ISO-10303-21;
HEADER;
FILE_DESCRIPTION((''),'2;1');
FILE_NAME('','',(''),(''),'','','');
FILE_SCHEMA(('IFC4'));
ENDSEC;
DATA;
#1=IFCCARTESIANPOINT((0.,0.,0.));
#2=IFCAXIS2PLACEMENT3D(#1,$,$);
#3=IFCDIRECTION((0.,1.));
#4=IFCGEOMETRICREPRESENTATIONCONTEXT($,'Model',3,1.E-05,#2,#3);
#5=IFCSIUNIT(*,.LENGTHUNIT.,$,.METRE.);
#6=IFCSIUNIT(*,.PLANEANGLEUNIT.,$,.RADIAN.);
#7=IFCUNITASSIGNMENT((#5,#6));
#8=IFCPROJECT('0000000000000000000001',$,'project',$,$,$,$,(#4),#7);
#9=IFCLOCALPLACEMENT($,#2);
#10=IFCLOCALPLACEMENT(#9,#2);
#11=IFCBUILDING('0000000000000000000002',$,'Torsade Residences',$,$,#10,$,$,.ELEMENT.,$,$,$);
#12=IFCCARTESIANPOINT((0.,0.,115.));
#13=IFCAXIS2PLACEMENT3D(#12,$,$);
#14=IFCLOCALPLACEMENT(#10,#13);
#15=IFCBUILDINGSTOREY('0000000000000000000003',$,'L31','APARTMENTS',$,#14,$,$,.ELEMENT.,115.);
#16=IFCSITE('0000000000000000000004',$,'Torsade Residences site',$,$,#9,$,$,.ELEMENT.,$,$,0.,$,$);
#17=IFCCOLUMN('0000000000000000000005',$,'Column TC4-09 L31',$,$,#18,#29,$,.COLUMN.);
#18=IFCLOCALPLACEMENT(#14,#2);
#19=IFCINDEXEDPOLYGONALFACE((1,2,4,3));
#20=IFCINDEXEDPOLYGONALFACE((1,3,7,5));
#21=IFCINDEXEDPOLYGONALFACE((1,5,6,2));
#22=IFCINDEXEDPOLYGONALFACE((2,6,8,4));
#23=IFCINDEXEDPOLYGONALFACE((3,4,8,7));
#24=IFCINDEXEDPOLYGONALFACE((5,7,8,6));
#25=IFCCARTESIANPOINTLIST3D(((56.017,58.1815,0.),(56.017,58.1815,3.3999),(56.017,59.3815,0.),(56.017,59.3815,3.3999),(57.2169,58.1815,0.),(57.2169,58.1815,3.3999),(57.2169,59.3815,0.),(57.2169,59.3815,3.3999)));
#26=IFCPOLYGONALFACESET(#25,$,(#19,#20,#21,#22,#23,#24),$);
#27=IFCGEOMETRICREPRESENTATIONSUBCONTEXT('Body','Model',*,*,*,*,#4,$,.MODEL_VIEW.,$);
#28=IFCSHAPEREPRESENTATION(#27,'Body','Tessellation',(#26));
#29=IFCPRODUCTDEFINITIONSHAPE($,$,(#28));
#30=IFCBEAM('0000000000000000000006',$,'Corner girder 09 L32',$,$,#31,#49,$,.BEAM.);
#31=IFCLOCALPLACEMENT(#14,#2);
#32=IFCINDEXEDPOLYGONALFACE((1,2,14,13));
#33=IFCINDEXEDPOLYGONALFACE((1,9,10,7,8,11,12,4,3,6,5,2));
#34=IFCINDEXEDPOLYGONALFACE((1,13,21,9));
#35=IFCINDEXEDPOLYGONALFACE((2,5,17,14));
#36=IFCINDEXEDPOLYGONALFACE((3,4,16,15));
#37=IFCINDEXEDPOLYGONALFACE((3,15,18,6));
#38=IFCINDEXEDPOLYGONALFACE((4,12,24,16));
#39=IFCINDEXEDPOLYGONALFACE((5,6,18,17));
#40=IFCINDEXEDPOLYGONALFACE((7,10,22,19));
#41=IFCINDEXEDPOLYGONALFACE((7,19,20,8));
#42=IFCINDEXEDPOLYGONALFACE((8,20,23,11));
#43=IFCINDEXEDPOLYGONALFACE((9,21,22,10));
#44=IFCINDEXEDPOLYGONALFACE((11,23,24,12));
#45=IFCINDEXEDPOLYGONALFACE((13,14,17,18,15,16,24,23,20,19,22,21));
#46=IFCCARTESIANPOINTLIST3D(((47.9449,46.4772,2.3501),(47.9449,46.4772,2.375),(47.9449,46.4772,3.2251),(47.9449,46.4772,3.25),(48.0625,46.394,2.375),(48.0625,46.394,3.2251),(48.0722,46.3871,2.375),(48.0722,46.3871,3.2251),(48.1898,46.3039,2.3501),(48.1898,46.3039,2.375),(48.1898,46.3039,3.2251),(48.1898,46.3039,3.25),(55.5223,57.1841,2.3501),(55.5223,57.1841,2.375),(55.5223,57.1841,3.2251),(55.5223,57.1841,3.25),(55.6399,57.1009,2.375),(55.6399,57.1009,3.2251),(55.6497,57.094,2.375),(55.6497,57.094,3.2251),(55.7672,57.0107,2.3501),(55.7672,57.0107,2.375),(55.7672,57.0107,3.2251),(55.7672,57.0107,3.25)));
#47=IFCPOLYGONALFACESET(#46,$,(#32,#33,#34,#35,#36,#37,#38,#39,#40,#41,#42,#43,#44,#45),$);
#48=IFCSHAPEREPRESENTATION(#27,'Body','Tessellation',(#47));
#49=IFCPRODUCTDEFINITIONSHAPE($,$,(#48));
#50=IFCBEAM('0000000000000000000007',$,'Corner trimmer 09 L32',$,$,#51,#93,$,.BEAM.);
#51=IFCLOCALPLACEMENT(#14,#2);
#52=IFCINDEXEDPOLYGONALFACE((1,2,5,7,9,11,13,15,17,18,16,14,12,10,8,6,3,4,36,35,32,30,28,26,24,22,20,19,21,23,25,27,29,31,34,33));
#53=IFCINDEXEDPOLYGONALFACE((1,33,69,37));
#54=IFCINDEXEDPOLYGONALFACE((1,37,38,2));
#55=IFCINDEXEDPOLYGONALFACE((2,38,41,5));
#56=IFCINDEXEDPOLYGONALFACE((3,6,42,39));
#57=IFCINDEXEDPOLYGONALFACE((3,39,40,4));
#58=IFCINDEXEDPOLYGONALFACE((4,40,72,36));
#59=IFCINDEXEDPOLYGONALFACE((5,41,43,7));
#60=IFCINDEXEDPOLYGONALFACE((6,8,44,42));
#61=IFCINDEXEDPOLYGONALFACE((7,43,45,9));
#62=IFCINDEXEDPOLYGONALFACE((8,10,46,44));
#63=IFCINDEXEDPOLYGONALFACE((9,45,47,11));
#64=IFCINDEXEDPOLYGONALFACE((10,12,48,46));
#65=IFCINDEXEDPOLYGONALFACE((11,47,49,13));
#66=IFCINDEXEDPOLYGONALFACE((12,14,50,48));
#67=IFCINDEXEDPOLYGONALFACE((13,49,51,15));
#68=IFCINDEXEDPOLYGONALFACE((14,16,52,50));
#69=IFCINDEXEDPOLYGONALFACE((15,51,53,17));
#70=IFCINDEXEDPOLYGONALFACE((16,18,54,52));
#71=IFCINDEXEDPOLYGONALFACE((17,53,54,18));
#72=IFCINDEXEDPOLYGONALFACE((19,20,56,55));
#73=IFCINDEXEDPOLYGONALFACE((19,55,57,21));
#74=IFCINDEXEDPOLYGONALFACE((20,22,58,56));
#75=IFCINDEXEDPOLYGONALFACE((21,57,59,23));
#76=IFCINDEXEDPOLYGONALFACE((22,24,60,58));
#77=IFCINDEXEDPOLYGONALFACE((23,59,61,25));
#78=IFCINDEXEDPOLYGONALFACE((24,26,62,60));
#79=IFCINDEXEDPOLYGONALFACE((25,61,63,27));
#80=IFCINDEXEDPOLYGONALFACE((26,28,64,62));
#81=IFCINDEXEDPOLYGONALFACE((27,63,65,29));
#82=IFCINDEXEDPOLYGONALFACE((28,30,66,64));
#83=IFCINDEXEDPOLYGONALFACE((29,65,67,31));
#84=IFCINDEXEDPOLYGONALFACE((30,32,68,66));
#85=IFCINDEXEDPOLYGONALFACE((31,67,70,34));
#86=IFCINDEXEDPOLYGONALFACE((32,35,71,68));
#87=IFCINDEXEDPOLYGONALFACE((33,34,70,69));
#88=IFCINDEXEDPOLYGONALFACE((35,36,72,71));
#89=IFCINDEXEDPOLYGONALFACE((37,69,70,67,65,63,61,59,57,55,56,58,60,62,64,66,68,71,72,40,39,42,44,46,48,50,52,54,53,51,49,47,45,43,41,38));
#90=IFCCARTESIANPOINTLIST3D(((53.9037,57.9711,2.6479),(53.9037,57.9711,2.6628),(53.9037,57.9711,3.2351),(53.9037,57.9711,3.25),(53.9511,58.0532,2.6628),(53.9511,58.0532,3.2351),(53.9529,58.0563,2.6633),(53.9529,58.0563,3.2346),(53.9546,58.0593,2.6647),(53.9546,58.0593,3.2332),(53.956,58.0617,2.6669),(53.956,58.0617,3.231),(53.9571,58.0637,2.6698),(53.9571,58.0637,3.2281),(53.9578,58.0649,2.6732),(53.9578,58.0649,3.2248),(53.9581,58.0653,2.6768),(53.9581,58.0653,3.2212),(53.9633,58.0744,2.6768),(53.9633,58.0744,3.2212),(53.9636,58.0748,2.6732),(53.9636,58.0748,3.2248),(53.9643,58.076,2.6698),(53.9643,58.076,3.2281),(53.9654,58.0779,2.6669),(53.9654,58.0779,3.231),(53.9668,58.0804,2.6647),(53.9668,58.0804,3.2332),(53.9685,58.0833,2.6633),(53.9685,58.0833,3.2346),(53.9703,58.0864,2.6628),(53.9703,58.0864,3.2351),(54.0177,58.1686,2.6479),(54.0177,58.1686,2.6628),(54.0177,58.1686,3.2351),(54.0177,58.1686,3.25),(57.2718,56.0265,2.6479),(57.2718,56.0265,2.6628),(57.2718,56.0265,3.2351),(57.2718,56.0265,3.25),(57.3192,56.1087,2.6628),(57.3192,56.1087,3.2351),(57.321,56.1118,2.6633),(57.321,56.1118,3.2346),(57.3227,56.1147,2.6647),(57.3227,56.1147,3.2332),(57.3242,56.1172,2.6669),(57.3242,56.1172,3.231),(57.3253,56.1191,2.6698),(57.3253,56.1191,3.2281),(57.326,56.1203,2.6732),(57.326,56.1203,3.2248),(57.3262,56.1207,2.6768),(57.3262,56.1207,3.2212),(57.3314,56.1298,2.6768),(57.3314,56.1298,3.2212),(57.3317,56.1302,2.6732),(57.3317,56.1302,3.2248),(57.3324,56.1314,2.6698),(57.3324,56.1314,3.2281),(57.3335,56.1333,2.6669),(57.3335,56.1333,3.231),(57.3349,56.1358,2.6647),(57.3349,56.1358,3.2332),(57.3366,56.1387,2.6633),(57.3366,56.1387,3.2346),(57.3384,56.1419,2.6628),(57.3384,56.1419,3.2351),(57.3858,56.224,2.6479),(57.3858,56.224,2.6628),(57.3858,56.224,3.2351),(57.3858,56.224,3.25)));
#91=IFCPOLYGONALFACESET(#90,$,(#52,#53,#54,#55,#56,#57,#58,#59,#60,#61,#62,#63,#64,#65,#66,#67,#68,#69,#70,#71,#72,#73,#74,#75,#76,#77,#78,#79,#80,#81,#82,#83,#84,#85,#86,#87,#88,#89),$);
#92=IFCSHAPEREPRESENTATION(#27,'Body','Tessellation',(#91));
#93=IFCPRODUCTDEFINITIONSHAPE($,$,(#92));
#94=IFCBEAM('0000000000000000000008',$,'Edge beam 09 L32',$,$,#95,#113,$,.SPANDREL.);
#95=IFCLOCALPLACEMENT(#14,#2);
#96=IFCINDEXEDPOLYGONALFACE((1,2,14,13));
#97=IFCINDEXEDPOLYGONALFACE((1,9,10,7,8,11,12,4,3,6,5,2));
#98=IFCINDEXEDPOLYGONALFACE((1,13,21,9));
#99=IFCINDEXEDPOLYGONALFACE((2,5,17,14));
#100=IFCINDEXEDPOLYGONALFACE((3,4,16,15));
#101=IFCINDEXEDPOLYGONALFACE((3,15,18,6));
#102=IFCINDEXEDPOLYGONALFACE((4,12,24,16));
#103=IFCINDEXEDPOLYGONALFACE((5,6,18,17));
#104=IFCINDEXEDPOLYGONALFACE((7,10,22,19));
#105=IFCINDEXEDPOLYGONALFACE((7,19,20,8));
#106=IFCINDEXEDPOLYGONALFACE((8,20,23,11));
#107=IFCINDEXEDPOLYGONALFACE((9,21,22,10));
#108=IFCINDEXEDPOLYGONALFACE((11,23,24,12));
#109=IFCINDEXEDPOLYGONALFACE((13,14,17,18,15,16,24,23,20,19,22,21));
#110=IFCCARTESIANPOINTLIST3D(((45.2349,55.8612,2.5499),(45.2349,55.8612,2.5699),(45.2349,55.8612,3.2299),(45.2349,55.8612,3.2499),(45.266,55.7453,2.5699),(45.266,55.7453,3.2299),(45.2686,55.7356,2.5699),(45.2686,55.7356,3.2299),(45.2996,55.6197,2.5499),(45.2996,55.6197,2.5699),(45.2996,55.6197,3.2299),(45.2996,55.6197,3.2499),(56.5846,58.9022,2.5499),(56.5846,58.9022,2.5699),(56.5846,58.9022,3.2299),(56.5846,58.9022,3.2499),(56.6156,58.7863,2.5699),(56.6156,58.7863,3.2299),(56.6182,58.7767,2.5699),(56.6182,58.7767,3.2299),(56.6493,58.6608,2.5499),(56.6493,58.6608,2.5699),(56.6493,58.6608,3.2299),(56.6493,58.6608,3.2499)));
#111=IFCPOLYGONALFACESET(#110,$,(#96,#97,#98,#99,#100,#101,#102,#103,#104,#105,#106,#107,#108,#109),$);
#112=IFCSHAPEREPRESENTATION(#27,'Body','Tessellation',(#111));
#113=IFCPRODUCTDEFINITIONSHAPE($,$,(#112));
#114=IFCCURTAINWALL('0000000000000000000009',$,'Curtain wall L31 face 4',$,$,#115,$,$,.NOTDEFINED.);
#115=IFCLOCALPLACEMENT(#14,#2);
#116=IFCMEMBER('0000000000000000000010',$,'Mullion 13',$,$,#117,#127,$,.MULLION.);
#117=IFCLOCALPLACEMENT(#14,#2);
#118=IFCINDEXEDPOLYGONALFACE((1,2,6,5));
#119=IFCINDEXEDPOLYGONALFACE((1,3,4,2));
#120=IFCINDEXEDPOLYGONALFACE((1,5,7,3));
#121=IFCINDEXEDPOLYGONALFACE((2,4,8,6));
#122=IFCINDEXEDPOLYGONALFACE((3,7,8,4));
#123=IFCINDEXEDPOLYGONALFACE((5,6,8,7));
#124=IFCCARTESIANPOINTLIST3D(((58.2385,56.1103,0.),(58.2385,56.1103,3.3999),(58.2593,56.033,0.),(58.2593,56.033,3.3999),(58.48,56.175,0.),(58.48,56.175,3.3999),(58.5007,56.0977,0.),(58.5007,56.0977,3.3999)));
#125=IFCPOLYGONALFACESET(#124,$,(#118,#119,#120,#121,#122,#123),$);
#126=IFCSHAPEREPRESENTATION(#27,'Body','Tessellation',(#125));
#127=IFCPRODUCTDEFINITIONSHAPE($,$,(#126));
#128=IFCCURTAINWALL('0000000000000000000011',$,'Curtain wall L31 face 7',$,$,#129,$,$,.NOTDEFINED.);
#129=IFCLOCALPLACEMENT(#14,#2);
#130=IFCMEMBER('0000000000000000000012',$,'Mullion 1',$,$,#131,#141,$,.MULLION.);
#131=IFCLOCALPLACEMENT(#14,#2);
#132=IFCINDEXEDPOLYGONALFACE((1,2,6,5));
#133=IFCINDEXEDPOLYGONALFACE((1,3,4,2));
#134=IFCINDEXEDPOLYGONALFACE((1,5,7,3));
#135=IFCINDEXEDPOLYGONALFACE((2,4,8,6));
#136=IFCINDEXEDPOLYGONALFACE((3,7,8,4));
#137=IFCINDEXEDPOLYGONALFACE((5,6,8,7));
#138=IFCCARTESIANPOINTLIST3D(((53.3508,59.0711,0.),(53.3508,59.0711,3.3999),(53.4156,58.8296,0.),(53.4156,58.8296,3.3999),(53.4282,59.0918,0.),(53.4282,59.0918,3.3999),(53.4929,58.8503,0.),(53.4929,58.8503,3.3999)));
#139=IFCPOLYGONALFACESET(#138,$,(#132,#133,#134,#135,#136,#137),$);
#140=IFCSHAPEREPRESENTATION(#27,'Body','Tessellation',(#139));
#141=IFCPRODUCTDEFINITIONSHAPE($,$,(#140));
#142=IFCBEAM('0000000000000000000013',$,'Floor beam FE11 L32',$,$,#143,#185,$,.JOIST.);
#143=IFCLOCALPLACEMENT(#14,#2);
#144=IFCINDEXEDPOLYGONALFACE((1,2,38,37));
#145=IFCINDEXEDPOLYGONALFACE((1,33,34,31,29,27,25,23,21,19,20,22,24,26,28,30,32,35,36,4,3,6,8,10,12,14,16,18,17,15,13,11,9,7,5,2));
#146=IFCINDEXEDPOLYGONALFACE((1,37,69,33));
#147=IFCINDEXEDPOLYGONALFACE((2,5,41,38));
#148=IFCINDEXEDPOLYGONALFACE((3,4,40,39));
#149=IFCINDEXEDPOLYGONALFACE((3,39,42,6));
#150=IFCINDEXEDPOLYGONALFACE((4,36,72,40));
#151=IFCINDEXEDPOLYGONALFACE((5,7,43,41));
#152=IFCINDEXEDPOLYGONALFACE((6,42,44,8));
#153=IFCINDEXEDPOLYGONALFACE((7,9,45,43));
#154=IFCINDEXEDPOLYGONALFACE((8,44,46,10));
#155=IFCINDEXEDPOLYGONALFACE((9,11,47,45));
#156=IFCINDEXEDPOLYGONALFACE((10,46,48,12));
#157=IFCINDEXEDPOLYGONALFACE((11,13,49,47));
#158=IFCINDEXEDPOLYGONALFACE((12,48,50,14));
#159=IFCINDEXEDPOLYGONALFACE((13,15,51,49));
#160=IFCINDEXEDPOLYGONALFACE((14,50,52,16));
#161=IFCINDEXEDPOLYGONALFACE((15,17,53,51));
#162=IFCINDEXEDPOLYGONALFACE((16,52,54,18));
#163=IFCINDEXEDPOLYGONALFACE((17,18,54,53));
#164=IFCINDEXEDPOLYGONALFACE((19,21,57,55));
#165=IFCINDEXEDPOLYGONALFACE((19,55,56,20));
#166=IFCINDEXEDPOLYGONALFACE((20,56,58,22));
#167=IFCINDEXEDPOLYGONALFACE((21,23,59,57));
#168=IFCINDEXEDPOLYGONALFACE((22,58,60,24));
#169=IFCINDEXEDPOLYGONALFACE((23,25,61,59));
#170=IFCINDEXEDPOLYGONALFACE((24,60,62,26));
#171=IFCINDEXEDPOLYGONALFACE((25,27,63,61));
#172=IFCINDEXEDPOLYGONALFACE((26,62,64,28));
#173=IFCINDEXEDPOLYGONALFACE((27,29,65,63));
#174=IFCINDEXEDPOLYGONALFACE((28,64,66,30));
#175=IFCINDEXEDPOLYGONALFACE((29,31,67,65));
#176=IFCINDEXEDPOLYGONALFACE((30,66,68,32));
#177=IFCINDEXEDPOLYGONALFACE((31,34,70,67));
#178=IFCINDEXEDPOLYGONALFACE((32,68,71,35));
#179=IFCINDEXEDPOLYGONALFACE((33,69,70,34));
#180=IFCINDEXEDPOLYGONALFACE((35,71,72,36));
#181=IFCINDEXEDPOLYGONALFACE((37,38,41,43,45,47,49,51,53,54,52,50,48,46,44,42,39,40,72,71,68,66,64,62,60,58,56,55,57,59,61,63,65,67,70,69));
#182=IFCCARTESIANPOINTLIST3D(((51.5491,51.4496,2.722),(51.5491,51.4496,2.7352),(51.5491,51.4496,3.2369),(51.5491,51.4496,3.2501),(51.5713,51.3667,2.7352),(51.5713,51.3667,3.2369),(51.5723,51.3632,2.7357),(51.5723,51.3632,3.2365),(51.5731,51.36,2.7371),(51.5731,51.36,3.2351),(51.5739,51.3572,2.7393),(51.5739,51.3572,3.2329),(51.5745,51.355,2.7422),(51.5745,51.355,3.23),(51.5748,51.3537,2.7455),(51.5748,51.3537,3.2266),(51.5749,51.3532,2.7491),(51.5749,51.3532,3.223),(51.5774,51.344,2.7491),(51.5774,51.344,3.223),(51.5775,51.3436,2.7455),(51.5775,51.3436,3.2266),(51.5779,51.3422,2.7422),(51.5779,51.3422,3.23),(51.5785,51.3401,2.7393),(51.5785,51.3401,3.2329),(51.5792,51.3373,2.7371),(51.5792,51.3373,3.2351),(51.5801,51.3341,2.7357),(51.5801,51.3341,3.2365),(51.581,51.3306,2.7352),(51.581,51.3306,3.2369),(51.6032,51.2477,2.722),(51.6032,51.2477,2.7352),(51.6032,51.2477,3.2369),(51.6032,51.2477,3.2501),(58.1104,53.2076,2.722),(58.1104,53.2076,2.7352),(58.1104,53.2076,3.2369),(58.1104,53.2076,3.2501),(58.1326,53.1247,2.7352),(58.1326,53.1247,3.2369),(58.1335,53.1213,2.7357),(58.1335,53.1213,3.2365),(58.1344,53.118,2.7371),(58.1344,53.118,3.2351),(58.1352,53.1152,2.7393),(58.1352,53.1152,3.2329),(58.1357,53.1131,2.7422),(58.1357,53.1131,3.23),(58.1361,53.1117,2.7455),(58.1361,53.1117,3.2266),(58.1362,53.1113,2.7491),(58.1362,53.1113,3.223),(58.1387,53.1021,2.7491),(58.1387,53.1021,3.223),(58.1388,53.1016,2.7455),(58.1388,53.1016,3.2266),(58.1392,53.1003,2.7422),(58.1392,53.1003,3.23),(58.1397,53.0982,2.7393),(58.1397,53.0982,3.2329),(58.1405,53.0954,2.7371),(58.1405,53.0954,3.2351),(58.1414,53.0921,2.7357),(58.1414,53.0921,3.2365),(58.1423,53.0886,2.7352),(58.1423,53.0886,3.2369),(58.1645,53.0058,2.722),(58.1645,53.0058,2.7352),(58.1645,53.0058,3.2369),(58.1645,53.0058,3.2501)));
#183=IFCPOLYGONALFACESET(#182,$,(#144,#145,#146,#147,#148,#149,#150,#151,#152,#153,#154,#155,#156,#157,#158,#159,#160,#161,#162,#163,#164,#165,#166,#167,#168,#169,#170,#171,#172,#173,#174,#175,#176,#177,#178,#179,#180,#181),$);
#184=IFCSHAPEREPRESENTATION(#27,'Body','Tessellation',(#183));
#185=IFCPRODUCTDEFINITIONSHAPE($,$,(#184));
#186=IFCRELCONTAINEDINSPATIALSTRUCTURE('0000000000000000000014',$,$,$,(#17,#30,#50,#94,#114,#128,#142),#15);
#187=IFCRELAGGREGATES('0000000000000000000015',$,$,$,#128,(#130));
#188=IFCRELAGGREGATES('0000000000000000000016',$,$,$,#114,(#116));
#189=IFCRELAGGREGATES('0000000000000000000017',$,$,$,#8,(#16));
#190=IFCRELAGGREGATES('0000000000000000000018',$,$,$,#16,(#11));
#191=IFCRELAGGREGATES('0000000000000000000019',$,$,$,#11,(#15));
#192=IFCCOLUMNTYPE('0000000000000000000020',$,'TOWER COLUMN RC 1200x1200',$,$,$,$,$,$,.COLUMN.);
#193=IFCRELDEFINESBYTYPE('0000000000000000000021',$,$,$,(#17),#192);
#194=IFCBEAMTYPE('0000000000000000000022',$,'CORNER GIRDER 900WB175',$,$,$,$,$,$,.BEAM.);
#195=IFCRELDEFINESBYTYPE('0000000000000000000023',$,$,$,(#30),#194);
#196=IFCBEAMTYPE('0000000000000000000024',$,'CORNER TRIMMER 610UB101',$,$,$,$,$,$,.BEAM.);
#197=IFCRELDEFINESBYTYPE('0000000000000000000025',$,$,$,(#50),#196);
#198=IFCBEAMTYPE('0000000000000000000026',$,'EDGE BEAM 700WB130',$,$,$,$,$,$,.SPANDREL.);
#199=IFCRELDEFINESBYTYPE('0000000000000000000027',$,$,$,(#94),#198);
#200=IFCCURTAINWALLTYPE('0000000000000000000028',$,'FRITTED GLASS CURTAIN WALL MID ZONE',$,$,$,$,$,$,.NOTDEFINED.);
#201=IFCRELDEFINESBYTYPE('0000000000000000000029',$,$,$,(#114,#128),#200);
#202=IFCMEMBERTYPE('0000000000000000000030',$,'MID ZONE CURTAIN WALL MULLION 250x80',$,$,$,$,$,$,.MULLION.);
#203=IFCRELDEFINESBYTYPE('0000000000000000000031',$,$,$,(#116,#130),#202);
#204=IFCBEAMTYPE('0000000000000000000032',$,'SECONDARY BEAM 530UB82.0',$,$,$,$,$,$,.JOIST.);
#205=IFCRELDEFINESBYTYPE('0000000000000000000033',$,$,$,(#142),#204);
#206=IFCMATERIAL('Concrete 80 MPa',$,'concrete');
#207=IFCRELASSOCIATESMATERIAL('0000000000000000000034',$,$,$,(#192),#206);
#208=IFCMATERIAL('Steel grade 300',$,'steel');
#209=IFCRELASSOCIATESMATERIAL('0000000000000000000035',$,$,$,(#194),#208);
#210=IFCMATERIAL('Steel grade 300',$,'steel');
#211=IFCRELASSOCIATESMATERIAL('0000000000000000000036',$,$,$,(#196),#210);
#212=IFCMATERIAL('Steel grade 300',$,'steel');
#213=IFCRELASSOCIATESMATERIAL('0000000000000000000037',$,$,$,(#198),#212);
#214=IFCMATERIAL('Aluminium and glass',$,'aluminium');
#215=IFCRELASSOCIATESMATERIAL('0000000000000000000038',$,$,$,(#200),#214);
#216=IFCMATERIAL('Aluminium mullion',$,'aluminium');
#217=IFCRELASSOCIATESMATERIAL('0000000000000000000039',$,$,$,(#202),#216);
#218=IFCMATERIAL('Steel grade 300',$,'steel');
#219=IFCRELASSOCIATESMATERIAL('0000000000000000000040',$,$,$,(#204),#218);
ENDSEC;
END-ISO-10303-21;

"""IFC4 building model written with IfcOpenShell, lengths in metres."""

from ifc_helpers import new_model, si_unit, direction, frame, origin, origin_2d, place, context, subcontext, project, spatial, rectangle, i_section, extrude, material, material_profile, profile_set, type_object, element, aggregate, save


model = new_model("IFC4")

# Units and contexts
model_context = context("Model", 3, precision=1e-05, world=origin(), true_north=direction((0.0, 1.0)))
body_context = subcontext(model_context, "Body", "Model", "MODEL_VIEW")
ifc_project = project(units=[si_unit("LENGTHUNIT", "METRE"), si_unit("PLANEANGLEUNIT", "RADIAN")], contexts=[model_context])

# Site, building, storey
site_placement = place(None, origin())
site = spatial("IfcSite", under=ifc_project, at=site_placement, Name="Torsade Residences site", CompositionType="ELEMENT", RefElevation=0.0)
building_placement = place(site_placement, origin())
building = spatial("IfcBuilding", under=site, at=building_placement, Name="Torsade Residences", CompositionType="ELEMENT")
storey_placement = place(building_placement, frame((0.0, 0.0, 115.0)))
storey = spatial("IfcBuildingStorey", under=building, at=storey_placement, Name="L31", Description="APARTMENTS", CompositionType="ELEMENT", Elevation=115.0)

# Column
ifc_material_1 = material(Name="Concrete 80 MPa", Category="concrete")
ifc_material_profile_1 = material_profile(ifc_material_1, rectangle(XDim=1.2, YDim=1.2, at=origin_2d()), Name="RC 1200x1200")
ifc_profile_set_1 = profile_set([ifc_material_profile_1], Name="Concrete 80 MPa")
column_type = type_object("IfcColumnType", Name="TOWER COLUMN RC 1200x1200", PredefinedType="COLUMN", material=ifc_profile_set_1)
column_placement = place(storey_placement, frame((56.6169, 58.7815, 0.0), z_axis=(0.0, 0.0, 1.0), x_axis=(1.0, 0.0, 0.0)))
element("IfcColumn", 1, at=column_placement, inside=storey, type_object=column_type, Name="Column TC4-09 L31", PredefinedType="COLUMN", context=body_context, shape_type="SweptSolid", body=[
    extrude(rectangle(XDim=1.2, YDim=1.2, at=origin_2d()), origin(), (0.0, 0.0, 1.0), 3.3999),
])

# Beams
ifc_material_2 = material(Name="Steel grade 300", Category="steel")
ifc_material_profile_2 = material_profile(ifc_material_2, i_section(OverallWidth=0.3, OverallDepth=0.8999, WebThickness=0.012, FlangeThickness=0.0249, at=origin_2d()), Name="900WB175")
ifc_profile_set_2 = profile_set([ifc_material_profile_2], Name="Steel grade 300")
beam_type_1 = type_object("IfcBeamType", Name="CORNER GIRDER 900WB175", PredefinedType="BEAM", material=ifc_profile_set_2)
beam_1_placement = place(storey_placement, frame((55.6448, 57.0974, 2.8), z_axis=(-0.577683, -0.816261, 0.0), x_axis=(0.816261, -0.577683, 0.0)))
element("IfcBeam", 2, at=beam_1_placement, inside=storey, type_object=beam_type_1, Name="Corner girder 09 L32", PredefinedType="BEAM", context=body_context, shape_type="SweptSolid", body=[
    extrude(i_section(OverallWidth=0.3, OverallDepth=0.8999, WebThickness=0.012, FlangeThickness=0.0249, at=origin_2d()), origin(), (0.0, 0.0, 1.0), 13.1169),
])
ifc_material_3 = material(Name="Steel grade 300", Category="steel")
ifc_material_profile_3 = material_profile(ifc_material_3, i_section(OverallWidth=0.228, OverallDepth=0.6021, WebThickness=0.0105, FlangeThickness=0.0149, FilletRadius=0.0139, at=origin_2d()), Name="610UB101")
ifc_profile_set_3 = profile_set([ifc_material_profile_3], Name="Steel grade 300")
beam_type_2 = type_object("IfcBeamType", Name="CORNER TRIMMER 610UB101", PredefinedType="BEAM", material=ifc_profile_set_3)
beam_2_placement = place(storey_placement, frame((53.9607, 58.0698, 2.949), z_axis=(0.866029, -0.499994, 0.0), x_axis=(0.499994, 0.866029, 0.0)))
element("IfcBeam", 3, at=beam_2_placement, inside=storey, type_object=beam_type_2, Name="Corner trimmer 09 L32", PredefinedType="BEAM", context=body_context, shape_type="SweptSolid", body=[
    extrude(i_section(OverallWidth=0.228, OverallDepth=0.6021, WebThickness=0.0105, FlangeThickness=0.0149, FilletRadius=0.0139, at=origin_2d()), origin(), (0.0, 0.0, 1.0), 3.8892),
])
ifc_material_4 = material(Name="Steel grade 300", Category="steel")
ifc_material_profile_4 = material_profile(ifc_material_4, i_section(OverallWidth=0.25, OverallDepth=0.7, WebThickness=0.01, FlangeThickness=0.02, at=origin_2d()), Name="700WB130")
ifc_profile_set_4 = profile_set([ifc_material_profile_4], Name="Steel grade 300")
beam_type_3 = type_object("IfcBeamType", Name="EDGE BEAM 700WB130", PredefinedType="SPANDREL", material=ifc_profile_set_4)
beam_3_placement = place(storey_placement, frame((56.6169, 58.7815, 2.8999), z_axis=(-0.965928, -0.258811, 0.0), x_axis=(0.258811, -0.965928, 0.0)))
element("IfcBeam", 4, at=beam_3_placement, inside=storey, type_object=beam_type_3, Name="Edge beam 09 L32", PredefinedType="SPANDREL", context=body_context, shape_type="SweptSolid", body=[
    extrude(i_section(OverallWidth=0.25, OverallDepth=0.7, WebThickness=0.01, FlangeThickness=0.02, at=origin_2d()), origin(), (0.0, 0.0, 1.0), 11.75),
])

# Curtain walls, members
ifc_material_5 = material(Name="Aluminium and glass", Category="aluminium")
curtain_wall_type = type_object("IfcCurtainWallType", Name="FRITTED GLASS CURTAIN WALL MID ZONE", PredefinedType="NOTDEFINED", material=ifc_material_5)
curtain_wall_1_placement = place(storey_placement, origin())
curtain_wall_1 = element("IfcCurtainWall", 5, at=curtain_wall_1_placement, inside=storey, type_object=curtain_wall_type, Name="Curtain wall L31 face 4", PredefinedType="NOTDEFINED")
ifc_material_6 = material(Name="Aluminium mullion", Category="aluminium")
ifc_material_profile_5 = material_profile(ifc_material_6, rectangle(XDim=0.25, YDim=0.0801, at=origin_2d()), Name="MID ZONE CURTAIN WALL MULLION 250x80")
ifc_profile_set_5 = profile_set([ifc_material_profile_5], Name="Aluminium mullion")
member_type = type_object("IfcMemberType", Name="MID ZONE CURTAIN WALL MULLION 250x80", PredefinedType="MULLION", material=ifc_profile_set_5)
member_1_placement = place(storey_placement, frame((58.3696, 56.104, 0.0), z_axis=(0.0, 0.0, 1.0), x_axis=(-0.965926, -0.258819, 0.0)))
member_1 = element("IfcMember", 6, at=member_1_placement, type_object=member_type, Name="Mullion 13", PredefinedType="MULLION", context=body_context, shape_type="SweptSolid", body=[
    extrude(rectangle(XDim=0.25, YDim=0.0801, at=origin_2d()), origin(), (0.0, 0.0, 1.0), 3.3999),
])
curtain_wall_2_placement = place(storey_placement, origin())
curtain_wall_2 = element("IfcCurtainWall", 7, at=curtain_wall_2_placement, inside=storey, type_object=curtain_wall_type, Name="Curtain wall L31 face 7", PredefinedType="NOTDEFINED")
member_2_placement = place(storey_placement, frame((53.4219, 58.9607, 0.0), z_axis=(0.0, 0.0, 1.0), x_axis=(0.258819, -0.965926, 0.0)))
member_2 = element("IfcMember", 8, at=member_2_placement, type_object=member_type, Name="Mullion 1", PredefinedType="MULLION", context=body_context, shape_type="SweptSolid", body=[
    extrude(rectangle(XDim=0.25, YDim=0.0801, at=origin_2d()), origin(), (0.0, 0.0, 1.0), 3.3999),
])
aggregate(curtain_wall_2, [member_2])

# Beam
ifc_material_7 = material(Name="Steel grade 300", Category="steel")
ifc_material_profile_6 = material_profile(ifc_material_7, i_section(OverallWidth=0.209, OverallDepth=0.5281, WebThickness=0.0095, FlangeThickness=0.0132, FilletRadius=0.0139, at=origin_2d()), Name="530UB82.0")
ifc_profile_set_6 = profile_set([ifc_material_profile_6], Name="Steel grade 300")
beam_type_4 = type_object("IfcBeamType", Name="SECONDARY BEAM 530UB82.0", PredefinedType="JOIST", material=ifc_profile_set_6)
beam_4_placement = place(storey_placement, frame((58.1375, 53.1067, 2.9861), z_axis=(-0.965927, -0.258815, 0.0), x_axis=(0.258815, -0.965927, 0.0)))
element("IfcBeam", 9, at=beam_4_placement, inside=storey, type_object=beam_type_4, Name="Floor beam FE11 L32", PredefinedType="JOIST", context=body_context, shape_type="SweptSolid", body=[
    extrude(i_section(OverallWidth=0.209, OverallDepth=0.5281, WebThickness=0.0095, FlangeThickness=0.0132, FilletRadius=0.0139, at=origin_2d()), origin(), (0.0, 0.0, 1.0), 6.7927),
])

aggregate(curtain_wall_1, [member_1])

save(model, "model.ifc")
